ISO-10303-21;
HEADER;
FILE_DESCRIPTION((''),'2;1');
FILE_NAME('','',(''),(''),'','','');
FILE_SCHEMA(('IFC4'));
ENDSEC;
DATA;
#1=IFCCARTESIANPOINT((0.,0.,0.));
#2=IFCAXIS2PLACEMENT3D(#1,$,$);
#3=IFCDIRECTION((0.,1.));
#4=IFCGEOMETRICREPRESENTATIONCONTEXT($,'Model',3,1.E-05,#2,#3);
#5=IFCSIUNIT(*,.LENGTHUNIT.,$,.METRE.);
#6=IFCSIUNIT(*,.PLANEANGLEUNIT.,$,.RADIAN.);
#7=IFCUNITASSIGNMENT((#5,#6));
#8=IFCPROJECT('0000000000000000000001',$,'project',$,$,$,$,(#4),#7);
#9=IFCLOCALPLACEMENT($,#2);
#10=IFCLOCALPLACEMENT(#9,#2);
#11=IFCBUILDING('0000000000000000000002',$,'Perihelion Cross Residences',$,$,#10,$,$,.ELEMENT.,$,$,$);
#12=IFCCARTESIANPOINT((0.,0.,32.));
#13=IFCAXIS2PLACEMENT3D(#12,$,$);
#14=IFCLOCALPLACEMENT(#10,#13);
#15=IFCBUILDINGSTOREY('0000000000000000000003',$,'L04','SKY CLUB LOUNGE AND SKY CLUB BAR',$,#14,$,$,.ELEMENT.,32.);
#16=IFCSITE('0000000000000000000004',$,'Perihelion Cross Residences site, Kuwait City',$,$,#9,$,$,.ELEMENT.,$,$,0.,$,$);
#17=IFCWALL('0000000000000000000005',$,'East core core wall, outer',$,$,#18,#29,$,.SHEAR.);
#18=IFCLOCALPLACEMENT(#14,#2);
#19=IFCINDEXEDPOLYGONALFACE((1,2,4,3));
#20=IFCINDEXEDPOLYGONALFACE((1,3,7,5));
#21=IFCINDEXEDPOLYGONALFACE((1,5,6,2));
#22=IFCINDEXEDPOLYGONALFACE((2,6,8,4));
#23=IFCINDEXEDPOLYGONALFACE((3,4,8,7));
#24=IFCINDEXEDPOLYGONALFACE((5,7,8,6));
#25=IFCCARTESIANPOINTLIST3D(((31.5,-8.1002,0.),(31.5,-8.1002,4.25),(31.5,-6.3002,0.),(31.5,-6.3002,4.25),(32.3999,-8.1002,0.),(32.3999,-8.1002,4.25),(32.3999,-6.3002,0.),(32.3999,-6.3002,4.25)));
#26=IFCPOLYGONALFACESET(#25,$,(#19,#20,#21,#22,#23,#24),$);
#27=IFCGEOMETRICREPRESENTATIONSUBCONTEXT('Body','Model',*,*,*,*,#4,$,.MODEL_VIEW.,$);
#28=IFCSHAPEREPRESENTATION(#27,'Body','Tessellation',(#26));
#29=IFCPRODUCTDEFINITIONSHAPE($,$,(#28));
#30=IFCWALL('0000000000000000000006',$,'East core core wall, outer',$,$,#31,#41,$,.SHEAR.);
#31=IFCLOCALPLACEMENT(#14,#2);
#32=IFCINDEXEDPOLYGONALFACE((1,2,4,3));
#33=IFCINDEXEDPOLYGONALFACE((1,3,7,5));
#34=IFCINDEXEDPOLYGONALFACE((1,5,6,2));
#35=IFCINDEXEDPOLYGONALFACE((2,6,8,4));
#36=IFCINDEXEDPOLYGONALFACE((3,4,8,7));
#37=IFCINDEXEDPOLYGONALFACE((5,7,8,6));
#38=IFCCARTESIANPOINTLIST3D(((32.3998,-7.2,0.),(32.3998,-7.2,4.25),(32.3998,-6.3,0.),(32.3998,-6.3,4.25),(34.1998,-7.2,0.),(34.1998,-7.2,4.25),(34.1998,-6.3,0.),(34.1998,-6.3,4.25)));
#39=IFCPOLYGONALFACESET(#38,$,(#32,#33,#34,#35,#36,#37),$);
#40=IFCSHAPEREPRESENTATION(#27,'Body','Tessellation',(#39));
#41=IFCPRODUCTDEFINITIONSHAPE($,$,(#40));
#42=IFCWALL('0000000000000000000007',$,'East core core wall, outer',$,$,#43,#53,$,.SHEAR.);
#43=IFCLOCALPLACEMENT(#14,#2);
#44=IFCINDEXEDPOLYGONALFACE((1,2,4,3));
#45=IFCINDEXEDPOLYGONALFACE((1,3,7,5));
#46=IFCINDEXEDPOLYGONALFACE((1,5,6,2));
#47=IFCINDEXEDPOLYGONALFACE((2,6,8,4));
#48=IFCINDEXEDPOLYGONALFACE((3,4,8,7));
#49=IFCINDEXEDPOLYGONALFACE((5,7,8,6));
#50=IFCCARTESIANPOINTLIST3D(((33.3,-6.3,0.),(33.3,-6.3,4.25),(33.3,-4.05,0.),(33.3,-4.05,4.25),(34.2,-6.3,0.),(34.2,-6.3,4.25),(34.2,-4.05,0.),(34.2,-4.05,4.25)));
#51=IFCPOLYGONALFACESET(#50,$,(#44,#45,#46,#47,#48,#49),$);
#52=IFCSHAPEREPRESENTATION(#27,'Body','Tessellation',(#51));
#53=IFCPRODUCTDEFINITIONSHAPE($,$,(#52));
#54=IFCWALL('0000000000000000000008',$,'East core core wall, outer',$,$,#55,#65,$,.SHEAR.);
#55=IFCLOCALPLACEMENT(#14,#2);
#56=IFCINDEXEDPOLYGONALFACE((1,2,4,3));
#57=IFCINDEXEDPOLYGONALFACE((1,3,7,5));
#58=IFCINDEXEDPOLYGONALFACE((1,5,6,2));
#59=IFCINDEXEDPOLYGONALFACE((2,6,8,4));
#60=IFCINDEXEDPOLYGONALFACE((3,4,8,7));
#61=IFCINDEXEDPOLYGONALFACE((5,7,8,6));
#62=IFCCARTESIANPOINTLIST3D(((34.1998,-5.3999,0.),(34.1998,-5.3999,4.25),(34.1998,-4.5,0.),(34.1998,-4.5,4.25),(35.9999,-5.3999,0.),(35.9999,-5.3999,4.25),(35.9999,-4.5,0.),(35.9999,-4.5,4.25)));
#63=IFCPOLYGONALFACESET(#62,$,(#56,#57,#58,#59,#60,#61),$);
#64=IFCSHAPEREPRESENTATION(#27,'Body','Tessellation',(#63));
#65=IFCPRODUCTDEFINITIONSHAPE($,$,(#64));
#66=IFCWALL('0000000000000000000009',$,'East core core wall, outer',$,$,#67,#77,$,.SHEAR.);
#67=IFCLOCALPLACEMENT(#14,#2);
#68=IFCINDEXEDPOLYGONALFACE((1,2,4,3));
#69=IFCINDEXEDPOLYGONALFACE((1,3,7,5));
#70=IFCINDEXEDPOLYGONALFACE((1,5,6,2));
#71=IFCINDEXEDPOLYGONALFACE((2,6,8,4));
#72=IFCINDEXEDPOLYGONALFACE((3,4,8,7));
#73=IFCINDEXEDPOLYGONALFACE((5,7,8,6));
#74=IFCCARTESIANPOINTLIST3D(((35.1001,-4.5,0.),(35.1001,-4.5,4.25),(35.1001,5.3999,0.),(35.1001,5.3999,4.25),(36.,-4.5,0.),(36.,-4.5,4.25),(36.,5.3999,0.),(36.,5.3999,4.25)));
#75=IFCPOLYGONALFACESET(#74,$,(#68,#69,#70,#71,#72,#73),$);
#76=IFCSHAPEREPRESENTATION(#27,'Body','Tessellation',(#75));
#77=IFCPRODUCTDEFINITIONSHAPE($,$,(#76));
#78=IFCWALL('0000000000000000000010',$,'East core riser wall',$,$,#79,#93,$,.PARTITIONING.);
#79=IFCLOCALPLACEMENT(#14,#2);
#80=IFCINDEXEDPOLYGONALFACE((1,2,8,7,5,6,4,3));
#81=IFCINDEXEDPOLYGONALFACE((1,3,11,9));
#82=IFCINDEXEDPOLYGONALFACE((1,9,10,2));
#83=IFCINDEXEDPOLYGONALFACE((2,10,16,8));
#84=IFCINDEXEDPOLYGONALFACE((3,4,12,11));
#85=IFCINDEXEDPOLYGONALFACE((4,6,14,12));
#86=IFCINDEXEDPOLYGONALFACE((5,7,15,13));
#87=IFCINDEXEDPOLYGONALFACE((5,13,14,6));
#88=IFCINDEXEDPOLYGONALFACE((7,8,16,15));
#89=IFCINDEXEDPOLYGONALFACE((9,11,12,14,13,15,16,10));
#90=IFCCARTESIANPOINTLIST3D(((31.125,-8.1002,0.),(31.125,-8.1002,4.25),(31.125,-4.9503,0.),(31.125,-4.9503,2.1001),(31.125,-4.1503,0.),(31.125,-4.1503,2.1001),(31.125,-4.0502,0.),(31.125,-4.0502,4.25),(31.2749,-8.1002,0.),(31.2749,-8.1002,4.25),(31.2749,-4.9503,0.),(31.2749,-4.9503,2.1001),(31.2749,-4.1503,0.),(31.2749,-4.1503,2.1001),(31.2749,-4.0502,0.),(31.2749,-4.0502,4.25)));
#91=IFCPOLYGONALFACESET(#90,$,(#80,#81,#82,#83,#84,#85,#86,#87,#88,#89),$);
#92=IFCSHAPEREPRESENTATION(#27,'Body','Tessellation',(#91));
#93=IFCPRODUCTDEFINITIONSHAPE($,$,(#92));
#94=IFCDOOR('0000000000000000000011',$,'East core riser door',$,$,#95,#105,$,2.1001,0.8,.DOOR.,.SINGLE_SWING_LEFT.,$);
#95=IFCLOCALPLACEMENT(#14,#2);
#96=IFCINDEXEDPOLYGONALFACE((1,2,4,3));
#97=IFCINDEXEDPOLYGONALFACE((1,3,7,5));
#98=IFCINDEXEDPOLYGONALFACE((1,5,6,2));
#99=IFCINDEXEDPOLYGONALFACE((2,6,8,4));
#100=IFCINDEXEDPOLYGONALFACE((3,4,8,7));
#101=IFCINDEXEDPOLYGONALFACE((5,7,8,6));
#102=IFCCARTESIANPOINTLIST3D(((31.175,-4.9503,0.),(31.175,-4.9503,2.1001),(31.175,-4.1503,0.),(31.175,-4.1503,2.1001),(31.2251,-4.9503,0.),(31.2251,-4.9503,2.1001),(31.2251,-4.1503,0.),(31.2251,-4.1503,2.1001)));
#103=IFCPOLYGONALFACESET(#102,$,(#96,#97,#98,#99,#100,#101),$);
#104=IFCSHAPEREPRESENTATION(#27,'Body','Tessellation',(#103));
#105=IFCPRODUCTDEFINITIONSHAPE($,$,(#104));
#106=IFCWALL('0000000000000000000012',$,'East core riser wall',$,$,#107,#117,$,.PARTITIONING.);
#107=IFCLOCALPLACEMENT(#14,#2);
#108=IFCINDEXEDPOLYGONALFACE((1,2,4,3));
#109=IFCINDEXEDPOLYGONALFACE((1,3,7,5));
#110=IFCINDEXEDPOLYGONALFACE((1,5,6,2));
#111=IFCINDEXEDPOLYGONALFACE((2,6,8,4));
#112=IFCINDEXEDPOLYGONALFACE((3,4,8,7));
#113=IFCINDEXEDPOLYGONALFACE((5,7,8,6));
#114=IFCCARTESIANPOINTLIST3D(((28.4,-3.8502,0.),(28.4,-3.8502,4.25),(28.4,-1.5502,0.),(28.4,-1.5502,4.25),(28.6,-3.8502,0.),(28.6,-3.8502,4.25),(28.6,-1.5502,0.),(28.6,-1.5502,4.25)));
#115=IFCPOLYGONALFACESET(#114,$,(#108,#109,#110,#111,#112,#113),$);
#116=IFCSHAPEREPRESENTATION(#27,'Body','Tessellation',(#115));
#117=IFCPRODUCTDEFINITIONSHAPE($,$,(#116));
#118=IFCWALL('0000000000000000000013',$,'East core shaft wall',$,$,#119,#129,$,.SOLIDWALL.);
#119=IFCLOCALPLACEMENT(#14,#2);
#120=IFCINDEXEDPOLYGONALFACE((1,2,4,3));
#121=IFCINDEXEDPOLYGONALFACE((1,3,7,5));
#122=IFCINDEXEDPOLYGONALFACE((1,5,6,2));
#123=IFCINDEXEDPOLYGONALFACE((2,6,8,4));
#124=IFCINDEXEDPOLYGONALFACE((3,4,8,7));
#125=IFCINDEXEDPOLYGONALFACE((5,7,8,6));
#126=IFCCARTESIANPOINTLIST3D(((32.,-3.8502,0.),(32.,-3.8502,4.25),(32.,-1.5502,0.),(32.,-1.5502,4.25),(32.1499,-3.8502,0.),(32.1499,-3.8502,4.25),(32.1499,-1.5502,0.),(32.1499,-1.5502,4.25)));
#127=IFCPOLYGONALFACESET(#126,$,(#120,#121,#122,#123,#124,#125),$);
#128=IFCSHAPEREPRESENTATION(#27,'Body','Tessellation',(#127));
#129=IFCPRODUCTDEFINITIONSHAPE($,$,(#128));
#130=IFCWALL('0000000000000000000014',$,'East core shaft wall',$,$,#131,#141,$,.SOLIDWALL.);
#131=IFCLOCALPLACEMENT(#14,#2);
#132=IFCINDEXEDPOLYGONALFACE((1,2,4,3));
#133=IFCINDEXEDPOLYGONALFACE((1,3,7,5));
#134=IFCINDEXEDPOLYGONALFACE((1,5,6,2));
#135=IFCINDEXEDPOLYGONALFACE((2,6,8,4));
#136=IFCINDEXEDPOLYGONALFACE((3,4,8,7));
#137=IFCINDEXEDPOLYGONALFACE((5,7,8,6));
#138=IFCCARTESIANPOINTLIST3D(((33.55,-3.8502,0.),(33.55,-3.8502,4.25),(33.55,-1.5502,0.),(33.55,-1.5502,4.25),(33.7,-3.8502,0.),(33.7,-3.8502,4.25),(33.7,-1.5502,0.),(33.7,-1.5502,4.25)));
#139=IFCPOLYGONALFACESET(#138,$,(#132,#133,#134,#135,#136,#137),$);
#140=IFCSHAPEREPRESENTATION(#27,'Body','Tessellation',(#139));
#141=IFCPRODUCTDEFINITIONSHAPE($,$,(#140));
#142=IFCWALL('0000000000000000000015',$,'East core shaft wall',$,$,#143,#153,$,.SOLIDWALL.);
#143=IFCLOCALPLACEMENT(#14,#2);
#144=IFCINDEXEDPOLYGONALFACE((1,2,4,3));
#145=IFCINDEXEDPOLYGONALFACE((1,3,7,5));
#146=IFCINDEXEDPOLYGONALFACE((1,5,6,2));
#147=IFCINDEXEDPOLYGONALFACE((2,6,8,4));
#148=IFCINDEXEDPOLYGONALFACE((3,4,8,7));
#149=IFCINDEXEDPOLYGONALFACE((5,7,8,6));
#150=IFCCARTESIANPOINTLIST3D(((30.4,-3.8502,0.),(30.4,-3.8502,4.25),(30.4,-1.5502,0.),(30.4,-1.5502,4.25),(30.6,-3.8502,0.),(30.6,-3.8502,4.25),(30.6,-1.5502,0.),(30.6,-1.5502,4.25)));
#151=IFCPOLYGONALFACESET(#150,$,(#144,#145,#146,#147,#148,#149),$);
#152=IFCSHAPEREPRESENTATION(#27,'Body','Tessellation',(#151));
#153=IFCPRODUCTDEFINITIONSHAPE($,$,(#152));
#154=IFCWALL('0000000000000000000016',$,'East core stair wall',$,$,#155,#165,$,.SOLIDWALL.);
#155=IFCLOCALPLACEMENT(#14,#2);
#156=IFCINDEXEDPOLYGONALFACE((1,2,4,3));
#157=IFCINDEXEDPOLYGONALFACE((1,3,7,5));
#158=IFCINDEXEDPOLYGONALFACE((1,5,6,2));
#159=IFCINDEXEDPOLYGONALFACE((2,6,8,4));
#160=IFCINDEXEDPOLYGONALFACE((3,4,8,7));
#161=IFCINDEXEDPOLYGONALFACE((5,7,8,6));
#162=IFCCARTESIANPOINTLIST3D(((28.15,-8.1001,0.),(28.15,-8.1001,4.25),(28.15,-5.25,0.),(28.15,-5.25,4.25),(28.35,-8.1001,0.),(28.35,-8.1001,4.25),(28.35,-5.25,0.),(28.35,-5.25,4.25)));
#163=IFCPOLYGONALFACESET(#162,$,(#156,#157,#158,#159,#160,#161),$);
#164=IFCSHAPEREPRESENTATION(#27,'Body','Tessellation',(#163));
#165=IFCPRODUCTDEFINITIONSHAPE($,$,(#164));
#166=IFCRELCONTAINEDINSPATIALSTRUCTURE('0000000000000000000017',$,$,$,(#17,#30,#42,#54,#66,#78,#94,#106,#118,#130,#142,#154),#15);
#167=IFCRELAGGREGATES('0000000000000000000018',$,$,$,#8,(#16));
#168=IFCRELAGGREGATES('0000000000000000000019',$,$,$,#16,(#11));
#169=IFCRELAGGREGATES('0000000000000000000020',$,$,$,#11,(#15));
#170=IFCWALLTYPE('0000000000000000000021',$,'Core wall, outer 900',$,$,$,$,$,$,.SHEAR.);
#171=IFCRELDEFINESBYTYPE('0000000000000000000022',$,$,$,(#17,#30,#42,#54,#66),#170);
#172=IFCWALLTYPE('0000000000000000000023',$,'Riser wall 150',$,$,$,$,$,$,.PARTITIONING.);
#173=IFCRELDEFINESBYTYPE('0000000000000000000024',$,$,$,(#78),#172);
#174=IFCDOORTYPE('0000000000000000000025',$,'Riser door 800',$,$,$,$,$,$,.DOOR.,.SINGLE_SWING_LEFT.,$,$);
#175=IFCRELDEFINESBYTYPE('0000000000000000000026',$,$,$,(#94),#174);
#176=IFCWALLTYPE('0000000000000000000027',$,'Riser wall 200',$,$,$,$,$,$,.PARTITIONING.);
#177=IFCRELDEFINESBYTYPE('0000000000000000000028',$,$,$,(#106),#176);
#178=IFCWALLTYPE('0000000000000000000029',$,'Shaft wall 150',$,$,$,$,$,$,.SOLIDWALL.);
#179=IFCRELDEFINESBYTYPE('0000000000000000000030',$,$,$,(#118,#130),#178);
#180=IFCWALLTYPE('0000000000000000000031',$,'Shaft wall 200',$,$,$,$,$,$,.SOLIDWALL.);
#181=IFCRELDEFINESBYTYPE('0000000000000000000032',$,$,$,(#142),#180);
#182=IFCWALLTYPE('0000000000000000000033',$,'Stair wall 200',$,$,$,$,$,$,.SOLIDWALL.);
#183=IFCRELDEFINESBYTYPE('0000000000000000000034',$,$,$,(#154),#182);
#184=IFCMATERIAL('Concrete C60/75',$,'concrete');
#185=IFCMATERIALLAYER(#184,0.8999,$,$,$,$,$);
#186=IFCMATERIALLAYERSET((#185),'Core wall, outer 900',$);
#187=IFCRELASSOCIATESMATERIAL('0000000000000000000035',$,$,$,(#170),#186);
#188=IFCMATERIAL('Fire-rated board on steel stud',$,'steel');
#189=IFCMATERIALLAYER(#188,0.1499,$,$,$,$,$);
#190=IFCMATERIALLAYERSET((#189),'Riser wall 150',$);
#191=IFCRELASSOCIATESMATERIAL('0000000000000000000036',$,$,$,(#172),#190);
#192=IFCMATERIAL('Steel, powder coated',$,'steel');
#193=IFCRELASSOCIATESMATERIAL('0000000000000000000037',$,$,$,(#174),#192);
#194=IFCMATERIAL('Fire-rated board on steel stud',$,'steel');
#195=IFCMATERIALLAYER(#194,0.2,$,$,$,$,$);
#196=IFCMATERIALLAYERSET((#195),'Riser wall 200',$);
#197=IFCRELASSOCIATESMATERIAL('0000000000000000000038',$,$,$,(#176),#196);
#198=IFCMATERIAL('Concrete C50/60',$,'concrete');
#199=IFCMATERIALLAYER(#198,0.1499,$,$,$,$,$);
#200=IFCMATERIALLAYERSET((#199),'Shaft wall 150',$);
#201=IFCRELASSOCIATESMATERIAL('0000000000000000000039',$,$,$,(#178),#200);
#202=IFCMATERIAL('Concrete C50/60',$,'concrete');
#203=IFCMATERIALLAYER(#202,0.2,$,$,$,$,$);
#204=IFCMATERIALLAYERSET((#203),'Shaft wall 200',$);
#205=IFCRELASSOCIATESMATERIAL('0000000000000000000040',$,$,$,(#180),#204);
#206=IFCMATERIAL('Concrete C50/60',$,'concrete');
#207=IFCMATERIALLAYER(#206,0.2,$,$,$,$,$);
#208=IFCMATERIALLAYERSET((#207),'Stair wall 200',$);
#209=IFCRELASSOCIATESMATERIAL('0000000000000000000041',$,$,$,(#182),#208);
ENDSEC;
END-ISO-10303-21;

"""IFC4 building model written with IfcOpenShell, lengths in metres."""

from ifc_helpers import new_model, si_unit, direction, frame, frame_2d, origin, place, context, subcontext, project, spatial, rectangle, extrude, material, layer, layer_set, type_object, element, fill, save


model = new_model("IFC4")

# Units and contexts
model_context = context("Model", 3, precision=1e-05, world=origin(), true_north=direction((0.0, 1.0)))
body_context = subcontext(model_context, "Body", "Model", "MODEL_VIEW")
ifc_project = project(units=[si_unit("LENGTHUNIT", "METRE"), si_unit("PLANEANGLEUNIT", "RADIAN")], contexts=[model_context])

# Site, building, storey
site_placement = place(None, origin())
site = spatial("IfcSite", under=ifc_project, at=site_placement, Name="Perihelion Cross Residences site, Kuwait City", CompositionType="ELEMENT", RefElevation=0.0)
building_placement = place(site_placement, origin())
building = spatial("IfcBuilding", under=site, at=building_placement, Name="Perihelion Cross Residences", CompositionType="ELEMENT")
storey_placement = place(building_placement, frame((0.0, 0.0, 32.0)))
storey = spatial("IfcBuildingStorey", under=building, at=storey_placement, Name="L04", Description="SKY CLUB LOUNGE AND SKY CLUB BAR", CompositionType="ELEMENT", Elevation=32.0)

# Walls
ifc_material_1 = material(Name="Concrete C60/75", Category="concrete")
ifc_layer_1 = layer(ifc_material_1, 0.8999)
ifc_layer_set_1 = layer_set([ifc_layer_1], Name="Core wall, outer 900")
wall_type_1 = type_object("IfcWallType", Name="Core wall, outer 900", PredefinedType="SHEAR", material=ifc_layer_set_1)
for number, where, z_axis, x_axis, name in (
    (1, (31.95, -8.1001, 0.0), (0.0, 0.0, 1.0), (0.0, 1.0, 0.0), "East core core wall, outer"),
    (2, (32.3999, -6.75, 0.0), (0.0, 0.0, 1.0), (1.0, 0.0, 0.0), "East core core wall, outer"),
):
    element("IfcWall", number, at=place(storey_placement, frame(where, z_axis=z_axis, x_axis=x_axis)), inside=storey, type_object=wall_type_1, Name=name, PredefinedType="SHEAR", context=body_context, shape_type="SweptSolid", body=[
        extrude(rectangle(XDim=1.8, YDim=0.8999, at=frame_2d((0.8999, 0.0))), origin(), (0.0, 0.0, 1.0), 4.25),
    ])
wall_1_placement = place(storey_placement, frame((33.75, -6.3, 0.0), z_axis=(0.0, 0.0, 1.0), x_axis=(0.0, 1.0, 0.0)))
element("IfcWall", 3, at=wall_1_placement, inside=storey, type_object=wall_type_1, Name="East core core wall, outer", PredefinedType="SHEAR", context=body_context, shape_type="SweptSolid", body=[
    extrude(rectangle(XDim=2.25, YDim=0.8999, at=frame_2d((1.125, 0.0))), origin(), (0.0, 0.0, 1.0), 4.25),
])
wall_2_placement = place(storey_placement, frame((34.2, -4.95, 0.0), z_axis=(0.0, 0.0, 1.0), x_axis=(1.0, 0.0, 0.0)))
element("IfcWall", 4, at=wall_2_placement, inside=storey, type_object=wall_type_1, Name="East core core wall, outer", PredefinedType="SHEAR", context=body_context, shape_type="SweptSolid", body=[
    extrude(rectangle(XDim=1.8, YDim=0.8999, at=frame_2d((0.8999, 0.0))), origin(), (0.0, 0.0, 1.0), 4.25),
])
wall_3_placement = place(storey_placement, frame((35.55, -4.5, 0.0), z_axis=(0.0, 0.0, 1.0), x_axis=(0.0, 1.0, 0.0)))
element("IfcWall", 5, at=wall_3_placement, inside=storey, type_object=wall_type_1, Name="East core core wall, outer", PredefinedType="SHEAR", context=body_context, shape_type="SweptSolid", body=[
    extrude(rectangle(XDim=9.8999, YDim=0.8999, at=frame_2d((4.95, 0.0))), origin(), (0.0, 0.0, 1.0), 4.25),
])

# Wall, opening, door
ifc_material_2 = material(Name="Fire-rated board on steel stud", Category="steel")
ifc_layer_2 = layer(ifc_material_2, 0.1499)
ifc_layer_set_2 = layer_set([ifc_layer_2], Name="Riser wall 150")
wall_type_2 = type_object("IfcWallType", Name="Riser wall 150", PredefinedType="PARTITIONING", material=ifc_layer_set_2)
wall_4_placement = place(storey_placement, frame((31.2, -8.1001, 0.0), z_axis=(0.0, 0.0, 1.0), x_axis=(0.0, 1.0, 0.0)))
wall_4 = element("IfcWall", 6, at=wall_4_placement, inside=storey, type_object=wall_type_2, Name="East core riser wall", PredefinedType="PARTITIONING", context=body_context, shape_type="SweptSolid", body=[
    extrude(rectangle(XDim=4.05, YDim=0.1499, at=frame_2d((2.0249, 0.0))), origin(), (0.0, 0.0, 1.0), 4.25),
])
opening_placement = place(wall_4_placement, frame((3.1499, 0.0, 0.0)))
opening = element("IfcOpeningElement", 7, at=opening_placement, cuts=wall_4, PredefinedType="OPENING", context=body_context, shape_type="SweptSolid", body=[
    extrude(rectangle(XDim=0.8, YDim=2.1001, at=frame_2d((0.3999, 1.05))), frame((0.0, 0.085, 0.0), z_axis=(0.0, -1.0, 0.0), x_axis=(1.0, 0.0, 0.0)), (0.0, 0.0, 1.0), 0.1699),
])
ifc_material_3 = material(Name="Steel, powder coated", Category="steel")
door_type = type_object("IfcDoorType", Name="Riser door 800", OperationType="SINGLE_SWING_LEFT", PredefinedType="DOOR", material=ifc_material_3)
door_placement = place(opening_placement, origin())
door = element("IfcDoor", 8, at=door_placement, inside=storey, type_object=door_type, Name="East core riser door", OperationType="SINGLE_SWING_LEFT", OverallHeight=2.1001, OverallWidth=0.8, PredefinedType="DOOR", context=body_context, shape_type="SweptSolid", body=[
    extrude(rectangle(XDim=0.8, YDim=2.1001, at=frame_2d((0.3999, 1.05))), frame((0.0, 0.0249, 0.0), z_axis=(0.0, -1.0, 0.0), x_axis=(1.0, 0.0, 0.0)), (0.0, 0.0, 1.0), 0.05),
])
fill(opening, door)

# Walls
ifc_material_4 = material(Name="Fire-rated board on steel stud", Category="steel")
ifc_layer_3 = layer(ifc_material_4, 0.2)
ifc_layer_set_3 = layer_set([ifc_layer_3], Name="Riser wall 200")
wall_type_3 = type_object("IfcWallType", Name="Riser wall 200", PredefinedType="PARTITIONING", material=ifc_layer_set_3)
wall_5_placement = place(storey_placement, frame((28.5, -3.8501, 0.0), z_axis=(0.0, 0.0, 1.0), x_axis=(0.0, 1.0, 0.0)))
element("IfcWall", 9, at=wall_5_placement, inside=storey, type_object=wall_type_3, Name="East core riser wall", PredefinedType="PARTITIONING", context=body_context, shape_type="SweptSolid", body=[
    extrude(rectangle(XDim=2.3, YDim=0.2, at=frame_2d((1.1499, 0.0))), origin(), (0.0, 0.0, 1.0), 4.25),
])
ifc_material_5 = material(Name="Concrete C50/60", Category="concrete")
ifc_layer_4 = layer(ifc_material_5, 0.1499)
ifc_layer_set_4 = layer_set([ifc_layer_4], Name="Shaft wall 150")
wall_type_4 = type_object("IfcWallType", Name="Shaft wall 150", PredefinedType="SOLIDWALL", material=ifc_layer_set_4)
for number, where, z_axis, x_axis, name in (
    (10, (32.075, -3.8501, 0.0), (0.0, 0.0, 1.0), (0.0, 1.0, 0.0), "East core shaft wall"),
    (11, (33.625, -3.8501, 0.0), (0.0, 0.0, 1.0), (0.0, 1.0, 0.0), "East core shaft wall"),
):
    element("IfcWall", number, at=place(storey_placement, frame(where, z_axis=z_axis, x_axis=x_axis)), inside=storey, type_object=wall_type_4, Name=name, PredefinedType="SOLIDWALL", context=body_context, shape_type="SweptSolid", body=[
        extrude(rectangle(XDim=2.3, YDim=0.1499, at=frame_2d((1.1499, 0.0))), origin(), (0.0, 0.0, 1.0), 4.25),
    ])
ifc_material_6 = material(Name="Concrete C50/60", Category="concrete")
ifc_layer_5 = layer(ifc_material_6, 0.2)
ifc_layer_set_5 = layer_set([ifc_layer_5], Name="Shaft wall 200")
wall_type_5 = type_object("IfcWallType", Name="Shaft wall 200", PredefinedType="SOLIDWALL", material=ifc_layer_set_5)
wall_6_placement = place(storey_placement, frame((30.5, -3.8501, 0.0), z_axis=(0.0, 0.0, 1.0), x_axis=(0.0, 1.0, 0.0)))
element("IfcWall", 12, at=wall_6_placement, inside=storey, type_object=wall_type_5, Name="East core shaft wall", PredefinedType="SOLIDWALL", context=body_context, shape_type="SweptSolid", body=[
    extrude(rectangle(XDim=2.3, YDim=0.2, at=frame_2d((1.1499, 0.0))), origin(), (0.0, 0.0, 1.0), 4.25),
])
ifc_material_7 = material(Name="Concrete C50/60", Category="concrete")
ifc_layer_6 = layer(ifc_material_7, 0.2)
ifc_layer_set_6 = layer_set([ifc_layer_6], Name="Stair wall 200")
wall_type_6 = type_object("IfcWallType", Name="Stair wall 200", PredefinedType="SOLIDWALL", material=ifc_layer_set_6)
wall_7_placement = place(storey_placement, frame((28.25, -8.1001, 0.0), z_axis=(0.0, 0.0, 1.0), x_axis=(0.0, 1.0, 0.0)))
element("IfcWall", 13, at=wall_7_placement, inside=storey, type_object=wall_type_6, Name="East core stair wall", PredefinedType="SOLIDWALL", context=body_context, shape_type="SweptSolid", body=[
    extrude(rectangle(XDim=2.8501, YDim=0.2, at=frame_2d((1.425, 0.0))), origin(), (0.0, 0.0, 1.0), 4.25),
])

save(model, "model.ifc")
